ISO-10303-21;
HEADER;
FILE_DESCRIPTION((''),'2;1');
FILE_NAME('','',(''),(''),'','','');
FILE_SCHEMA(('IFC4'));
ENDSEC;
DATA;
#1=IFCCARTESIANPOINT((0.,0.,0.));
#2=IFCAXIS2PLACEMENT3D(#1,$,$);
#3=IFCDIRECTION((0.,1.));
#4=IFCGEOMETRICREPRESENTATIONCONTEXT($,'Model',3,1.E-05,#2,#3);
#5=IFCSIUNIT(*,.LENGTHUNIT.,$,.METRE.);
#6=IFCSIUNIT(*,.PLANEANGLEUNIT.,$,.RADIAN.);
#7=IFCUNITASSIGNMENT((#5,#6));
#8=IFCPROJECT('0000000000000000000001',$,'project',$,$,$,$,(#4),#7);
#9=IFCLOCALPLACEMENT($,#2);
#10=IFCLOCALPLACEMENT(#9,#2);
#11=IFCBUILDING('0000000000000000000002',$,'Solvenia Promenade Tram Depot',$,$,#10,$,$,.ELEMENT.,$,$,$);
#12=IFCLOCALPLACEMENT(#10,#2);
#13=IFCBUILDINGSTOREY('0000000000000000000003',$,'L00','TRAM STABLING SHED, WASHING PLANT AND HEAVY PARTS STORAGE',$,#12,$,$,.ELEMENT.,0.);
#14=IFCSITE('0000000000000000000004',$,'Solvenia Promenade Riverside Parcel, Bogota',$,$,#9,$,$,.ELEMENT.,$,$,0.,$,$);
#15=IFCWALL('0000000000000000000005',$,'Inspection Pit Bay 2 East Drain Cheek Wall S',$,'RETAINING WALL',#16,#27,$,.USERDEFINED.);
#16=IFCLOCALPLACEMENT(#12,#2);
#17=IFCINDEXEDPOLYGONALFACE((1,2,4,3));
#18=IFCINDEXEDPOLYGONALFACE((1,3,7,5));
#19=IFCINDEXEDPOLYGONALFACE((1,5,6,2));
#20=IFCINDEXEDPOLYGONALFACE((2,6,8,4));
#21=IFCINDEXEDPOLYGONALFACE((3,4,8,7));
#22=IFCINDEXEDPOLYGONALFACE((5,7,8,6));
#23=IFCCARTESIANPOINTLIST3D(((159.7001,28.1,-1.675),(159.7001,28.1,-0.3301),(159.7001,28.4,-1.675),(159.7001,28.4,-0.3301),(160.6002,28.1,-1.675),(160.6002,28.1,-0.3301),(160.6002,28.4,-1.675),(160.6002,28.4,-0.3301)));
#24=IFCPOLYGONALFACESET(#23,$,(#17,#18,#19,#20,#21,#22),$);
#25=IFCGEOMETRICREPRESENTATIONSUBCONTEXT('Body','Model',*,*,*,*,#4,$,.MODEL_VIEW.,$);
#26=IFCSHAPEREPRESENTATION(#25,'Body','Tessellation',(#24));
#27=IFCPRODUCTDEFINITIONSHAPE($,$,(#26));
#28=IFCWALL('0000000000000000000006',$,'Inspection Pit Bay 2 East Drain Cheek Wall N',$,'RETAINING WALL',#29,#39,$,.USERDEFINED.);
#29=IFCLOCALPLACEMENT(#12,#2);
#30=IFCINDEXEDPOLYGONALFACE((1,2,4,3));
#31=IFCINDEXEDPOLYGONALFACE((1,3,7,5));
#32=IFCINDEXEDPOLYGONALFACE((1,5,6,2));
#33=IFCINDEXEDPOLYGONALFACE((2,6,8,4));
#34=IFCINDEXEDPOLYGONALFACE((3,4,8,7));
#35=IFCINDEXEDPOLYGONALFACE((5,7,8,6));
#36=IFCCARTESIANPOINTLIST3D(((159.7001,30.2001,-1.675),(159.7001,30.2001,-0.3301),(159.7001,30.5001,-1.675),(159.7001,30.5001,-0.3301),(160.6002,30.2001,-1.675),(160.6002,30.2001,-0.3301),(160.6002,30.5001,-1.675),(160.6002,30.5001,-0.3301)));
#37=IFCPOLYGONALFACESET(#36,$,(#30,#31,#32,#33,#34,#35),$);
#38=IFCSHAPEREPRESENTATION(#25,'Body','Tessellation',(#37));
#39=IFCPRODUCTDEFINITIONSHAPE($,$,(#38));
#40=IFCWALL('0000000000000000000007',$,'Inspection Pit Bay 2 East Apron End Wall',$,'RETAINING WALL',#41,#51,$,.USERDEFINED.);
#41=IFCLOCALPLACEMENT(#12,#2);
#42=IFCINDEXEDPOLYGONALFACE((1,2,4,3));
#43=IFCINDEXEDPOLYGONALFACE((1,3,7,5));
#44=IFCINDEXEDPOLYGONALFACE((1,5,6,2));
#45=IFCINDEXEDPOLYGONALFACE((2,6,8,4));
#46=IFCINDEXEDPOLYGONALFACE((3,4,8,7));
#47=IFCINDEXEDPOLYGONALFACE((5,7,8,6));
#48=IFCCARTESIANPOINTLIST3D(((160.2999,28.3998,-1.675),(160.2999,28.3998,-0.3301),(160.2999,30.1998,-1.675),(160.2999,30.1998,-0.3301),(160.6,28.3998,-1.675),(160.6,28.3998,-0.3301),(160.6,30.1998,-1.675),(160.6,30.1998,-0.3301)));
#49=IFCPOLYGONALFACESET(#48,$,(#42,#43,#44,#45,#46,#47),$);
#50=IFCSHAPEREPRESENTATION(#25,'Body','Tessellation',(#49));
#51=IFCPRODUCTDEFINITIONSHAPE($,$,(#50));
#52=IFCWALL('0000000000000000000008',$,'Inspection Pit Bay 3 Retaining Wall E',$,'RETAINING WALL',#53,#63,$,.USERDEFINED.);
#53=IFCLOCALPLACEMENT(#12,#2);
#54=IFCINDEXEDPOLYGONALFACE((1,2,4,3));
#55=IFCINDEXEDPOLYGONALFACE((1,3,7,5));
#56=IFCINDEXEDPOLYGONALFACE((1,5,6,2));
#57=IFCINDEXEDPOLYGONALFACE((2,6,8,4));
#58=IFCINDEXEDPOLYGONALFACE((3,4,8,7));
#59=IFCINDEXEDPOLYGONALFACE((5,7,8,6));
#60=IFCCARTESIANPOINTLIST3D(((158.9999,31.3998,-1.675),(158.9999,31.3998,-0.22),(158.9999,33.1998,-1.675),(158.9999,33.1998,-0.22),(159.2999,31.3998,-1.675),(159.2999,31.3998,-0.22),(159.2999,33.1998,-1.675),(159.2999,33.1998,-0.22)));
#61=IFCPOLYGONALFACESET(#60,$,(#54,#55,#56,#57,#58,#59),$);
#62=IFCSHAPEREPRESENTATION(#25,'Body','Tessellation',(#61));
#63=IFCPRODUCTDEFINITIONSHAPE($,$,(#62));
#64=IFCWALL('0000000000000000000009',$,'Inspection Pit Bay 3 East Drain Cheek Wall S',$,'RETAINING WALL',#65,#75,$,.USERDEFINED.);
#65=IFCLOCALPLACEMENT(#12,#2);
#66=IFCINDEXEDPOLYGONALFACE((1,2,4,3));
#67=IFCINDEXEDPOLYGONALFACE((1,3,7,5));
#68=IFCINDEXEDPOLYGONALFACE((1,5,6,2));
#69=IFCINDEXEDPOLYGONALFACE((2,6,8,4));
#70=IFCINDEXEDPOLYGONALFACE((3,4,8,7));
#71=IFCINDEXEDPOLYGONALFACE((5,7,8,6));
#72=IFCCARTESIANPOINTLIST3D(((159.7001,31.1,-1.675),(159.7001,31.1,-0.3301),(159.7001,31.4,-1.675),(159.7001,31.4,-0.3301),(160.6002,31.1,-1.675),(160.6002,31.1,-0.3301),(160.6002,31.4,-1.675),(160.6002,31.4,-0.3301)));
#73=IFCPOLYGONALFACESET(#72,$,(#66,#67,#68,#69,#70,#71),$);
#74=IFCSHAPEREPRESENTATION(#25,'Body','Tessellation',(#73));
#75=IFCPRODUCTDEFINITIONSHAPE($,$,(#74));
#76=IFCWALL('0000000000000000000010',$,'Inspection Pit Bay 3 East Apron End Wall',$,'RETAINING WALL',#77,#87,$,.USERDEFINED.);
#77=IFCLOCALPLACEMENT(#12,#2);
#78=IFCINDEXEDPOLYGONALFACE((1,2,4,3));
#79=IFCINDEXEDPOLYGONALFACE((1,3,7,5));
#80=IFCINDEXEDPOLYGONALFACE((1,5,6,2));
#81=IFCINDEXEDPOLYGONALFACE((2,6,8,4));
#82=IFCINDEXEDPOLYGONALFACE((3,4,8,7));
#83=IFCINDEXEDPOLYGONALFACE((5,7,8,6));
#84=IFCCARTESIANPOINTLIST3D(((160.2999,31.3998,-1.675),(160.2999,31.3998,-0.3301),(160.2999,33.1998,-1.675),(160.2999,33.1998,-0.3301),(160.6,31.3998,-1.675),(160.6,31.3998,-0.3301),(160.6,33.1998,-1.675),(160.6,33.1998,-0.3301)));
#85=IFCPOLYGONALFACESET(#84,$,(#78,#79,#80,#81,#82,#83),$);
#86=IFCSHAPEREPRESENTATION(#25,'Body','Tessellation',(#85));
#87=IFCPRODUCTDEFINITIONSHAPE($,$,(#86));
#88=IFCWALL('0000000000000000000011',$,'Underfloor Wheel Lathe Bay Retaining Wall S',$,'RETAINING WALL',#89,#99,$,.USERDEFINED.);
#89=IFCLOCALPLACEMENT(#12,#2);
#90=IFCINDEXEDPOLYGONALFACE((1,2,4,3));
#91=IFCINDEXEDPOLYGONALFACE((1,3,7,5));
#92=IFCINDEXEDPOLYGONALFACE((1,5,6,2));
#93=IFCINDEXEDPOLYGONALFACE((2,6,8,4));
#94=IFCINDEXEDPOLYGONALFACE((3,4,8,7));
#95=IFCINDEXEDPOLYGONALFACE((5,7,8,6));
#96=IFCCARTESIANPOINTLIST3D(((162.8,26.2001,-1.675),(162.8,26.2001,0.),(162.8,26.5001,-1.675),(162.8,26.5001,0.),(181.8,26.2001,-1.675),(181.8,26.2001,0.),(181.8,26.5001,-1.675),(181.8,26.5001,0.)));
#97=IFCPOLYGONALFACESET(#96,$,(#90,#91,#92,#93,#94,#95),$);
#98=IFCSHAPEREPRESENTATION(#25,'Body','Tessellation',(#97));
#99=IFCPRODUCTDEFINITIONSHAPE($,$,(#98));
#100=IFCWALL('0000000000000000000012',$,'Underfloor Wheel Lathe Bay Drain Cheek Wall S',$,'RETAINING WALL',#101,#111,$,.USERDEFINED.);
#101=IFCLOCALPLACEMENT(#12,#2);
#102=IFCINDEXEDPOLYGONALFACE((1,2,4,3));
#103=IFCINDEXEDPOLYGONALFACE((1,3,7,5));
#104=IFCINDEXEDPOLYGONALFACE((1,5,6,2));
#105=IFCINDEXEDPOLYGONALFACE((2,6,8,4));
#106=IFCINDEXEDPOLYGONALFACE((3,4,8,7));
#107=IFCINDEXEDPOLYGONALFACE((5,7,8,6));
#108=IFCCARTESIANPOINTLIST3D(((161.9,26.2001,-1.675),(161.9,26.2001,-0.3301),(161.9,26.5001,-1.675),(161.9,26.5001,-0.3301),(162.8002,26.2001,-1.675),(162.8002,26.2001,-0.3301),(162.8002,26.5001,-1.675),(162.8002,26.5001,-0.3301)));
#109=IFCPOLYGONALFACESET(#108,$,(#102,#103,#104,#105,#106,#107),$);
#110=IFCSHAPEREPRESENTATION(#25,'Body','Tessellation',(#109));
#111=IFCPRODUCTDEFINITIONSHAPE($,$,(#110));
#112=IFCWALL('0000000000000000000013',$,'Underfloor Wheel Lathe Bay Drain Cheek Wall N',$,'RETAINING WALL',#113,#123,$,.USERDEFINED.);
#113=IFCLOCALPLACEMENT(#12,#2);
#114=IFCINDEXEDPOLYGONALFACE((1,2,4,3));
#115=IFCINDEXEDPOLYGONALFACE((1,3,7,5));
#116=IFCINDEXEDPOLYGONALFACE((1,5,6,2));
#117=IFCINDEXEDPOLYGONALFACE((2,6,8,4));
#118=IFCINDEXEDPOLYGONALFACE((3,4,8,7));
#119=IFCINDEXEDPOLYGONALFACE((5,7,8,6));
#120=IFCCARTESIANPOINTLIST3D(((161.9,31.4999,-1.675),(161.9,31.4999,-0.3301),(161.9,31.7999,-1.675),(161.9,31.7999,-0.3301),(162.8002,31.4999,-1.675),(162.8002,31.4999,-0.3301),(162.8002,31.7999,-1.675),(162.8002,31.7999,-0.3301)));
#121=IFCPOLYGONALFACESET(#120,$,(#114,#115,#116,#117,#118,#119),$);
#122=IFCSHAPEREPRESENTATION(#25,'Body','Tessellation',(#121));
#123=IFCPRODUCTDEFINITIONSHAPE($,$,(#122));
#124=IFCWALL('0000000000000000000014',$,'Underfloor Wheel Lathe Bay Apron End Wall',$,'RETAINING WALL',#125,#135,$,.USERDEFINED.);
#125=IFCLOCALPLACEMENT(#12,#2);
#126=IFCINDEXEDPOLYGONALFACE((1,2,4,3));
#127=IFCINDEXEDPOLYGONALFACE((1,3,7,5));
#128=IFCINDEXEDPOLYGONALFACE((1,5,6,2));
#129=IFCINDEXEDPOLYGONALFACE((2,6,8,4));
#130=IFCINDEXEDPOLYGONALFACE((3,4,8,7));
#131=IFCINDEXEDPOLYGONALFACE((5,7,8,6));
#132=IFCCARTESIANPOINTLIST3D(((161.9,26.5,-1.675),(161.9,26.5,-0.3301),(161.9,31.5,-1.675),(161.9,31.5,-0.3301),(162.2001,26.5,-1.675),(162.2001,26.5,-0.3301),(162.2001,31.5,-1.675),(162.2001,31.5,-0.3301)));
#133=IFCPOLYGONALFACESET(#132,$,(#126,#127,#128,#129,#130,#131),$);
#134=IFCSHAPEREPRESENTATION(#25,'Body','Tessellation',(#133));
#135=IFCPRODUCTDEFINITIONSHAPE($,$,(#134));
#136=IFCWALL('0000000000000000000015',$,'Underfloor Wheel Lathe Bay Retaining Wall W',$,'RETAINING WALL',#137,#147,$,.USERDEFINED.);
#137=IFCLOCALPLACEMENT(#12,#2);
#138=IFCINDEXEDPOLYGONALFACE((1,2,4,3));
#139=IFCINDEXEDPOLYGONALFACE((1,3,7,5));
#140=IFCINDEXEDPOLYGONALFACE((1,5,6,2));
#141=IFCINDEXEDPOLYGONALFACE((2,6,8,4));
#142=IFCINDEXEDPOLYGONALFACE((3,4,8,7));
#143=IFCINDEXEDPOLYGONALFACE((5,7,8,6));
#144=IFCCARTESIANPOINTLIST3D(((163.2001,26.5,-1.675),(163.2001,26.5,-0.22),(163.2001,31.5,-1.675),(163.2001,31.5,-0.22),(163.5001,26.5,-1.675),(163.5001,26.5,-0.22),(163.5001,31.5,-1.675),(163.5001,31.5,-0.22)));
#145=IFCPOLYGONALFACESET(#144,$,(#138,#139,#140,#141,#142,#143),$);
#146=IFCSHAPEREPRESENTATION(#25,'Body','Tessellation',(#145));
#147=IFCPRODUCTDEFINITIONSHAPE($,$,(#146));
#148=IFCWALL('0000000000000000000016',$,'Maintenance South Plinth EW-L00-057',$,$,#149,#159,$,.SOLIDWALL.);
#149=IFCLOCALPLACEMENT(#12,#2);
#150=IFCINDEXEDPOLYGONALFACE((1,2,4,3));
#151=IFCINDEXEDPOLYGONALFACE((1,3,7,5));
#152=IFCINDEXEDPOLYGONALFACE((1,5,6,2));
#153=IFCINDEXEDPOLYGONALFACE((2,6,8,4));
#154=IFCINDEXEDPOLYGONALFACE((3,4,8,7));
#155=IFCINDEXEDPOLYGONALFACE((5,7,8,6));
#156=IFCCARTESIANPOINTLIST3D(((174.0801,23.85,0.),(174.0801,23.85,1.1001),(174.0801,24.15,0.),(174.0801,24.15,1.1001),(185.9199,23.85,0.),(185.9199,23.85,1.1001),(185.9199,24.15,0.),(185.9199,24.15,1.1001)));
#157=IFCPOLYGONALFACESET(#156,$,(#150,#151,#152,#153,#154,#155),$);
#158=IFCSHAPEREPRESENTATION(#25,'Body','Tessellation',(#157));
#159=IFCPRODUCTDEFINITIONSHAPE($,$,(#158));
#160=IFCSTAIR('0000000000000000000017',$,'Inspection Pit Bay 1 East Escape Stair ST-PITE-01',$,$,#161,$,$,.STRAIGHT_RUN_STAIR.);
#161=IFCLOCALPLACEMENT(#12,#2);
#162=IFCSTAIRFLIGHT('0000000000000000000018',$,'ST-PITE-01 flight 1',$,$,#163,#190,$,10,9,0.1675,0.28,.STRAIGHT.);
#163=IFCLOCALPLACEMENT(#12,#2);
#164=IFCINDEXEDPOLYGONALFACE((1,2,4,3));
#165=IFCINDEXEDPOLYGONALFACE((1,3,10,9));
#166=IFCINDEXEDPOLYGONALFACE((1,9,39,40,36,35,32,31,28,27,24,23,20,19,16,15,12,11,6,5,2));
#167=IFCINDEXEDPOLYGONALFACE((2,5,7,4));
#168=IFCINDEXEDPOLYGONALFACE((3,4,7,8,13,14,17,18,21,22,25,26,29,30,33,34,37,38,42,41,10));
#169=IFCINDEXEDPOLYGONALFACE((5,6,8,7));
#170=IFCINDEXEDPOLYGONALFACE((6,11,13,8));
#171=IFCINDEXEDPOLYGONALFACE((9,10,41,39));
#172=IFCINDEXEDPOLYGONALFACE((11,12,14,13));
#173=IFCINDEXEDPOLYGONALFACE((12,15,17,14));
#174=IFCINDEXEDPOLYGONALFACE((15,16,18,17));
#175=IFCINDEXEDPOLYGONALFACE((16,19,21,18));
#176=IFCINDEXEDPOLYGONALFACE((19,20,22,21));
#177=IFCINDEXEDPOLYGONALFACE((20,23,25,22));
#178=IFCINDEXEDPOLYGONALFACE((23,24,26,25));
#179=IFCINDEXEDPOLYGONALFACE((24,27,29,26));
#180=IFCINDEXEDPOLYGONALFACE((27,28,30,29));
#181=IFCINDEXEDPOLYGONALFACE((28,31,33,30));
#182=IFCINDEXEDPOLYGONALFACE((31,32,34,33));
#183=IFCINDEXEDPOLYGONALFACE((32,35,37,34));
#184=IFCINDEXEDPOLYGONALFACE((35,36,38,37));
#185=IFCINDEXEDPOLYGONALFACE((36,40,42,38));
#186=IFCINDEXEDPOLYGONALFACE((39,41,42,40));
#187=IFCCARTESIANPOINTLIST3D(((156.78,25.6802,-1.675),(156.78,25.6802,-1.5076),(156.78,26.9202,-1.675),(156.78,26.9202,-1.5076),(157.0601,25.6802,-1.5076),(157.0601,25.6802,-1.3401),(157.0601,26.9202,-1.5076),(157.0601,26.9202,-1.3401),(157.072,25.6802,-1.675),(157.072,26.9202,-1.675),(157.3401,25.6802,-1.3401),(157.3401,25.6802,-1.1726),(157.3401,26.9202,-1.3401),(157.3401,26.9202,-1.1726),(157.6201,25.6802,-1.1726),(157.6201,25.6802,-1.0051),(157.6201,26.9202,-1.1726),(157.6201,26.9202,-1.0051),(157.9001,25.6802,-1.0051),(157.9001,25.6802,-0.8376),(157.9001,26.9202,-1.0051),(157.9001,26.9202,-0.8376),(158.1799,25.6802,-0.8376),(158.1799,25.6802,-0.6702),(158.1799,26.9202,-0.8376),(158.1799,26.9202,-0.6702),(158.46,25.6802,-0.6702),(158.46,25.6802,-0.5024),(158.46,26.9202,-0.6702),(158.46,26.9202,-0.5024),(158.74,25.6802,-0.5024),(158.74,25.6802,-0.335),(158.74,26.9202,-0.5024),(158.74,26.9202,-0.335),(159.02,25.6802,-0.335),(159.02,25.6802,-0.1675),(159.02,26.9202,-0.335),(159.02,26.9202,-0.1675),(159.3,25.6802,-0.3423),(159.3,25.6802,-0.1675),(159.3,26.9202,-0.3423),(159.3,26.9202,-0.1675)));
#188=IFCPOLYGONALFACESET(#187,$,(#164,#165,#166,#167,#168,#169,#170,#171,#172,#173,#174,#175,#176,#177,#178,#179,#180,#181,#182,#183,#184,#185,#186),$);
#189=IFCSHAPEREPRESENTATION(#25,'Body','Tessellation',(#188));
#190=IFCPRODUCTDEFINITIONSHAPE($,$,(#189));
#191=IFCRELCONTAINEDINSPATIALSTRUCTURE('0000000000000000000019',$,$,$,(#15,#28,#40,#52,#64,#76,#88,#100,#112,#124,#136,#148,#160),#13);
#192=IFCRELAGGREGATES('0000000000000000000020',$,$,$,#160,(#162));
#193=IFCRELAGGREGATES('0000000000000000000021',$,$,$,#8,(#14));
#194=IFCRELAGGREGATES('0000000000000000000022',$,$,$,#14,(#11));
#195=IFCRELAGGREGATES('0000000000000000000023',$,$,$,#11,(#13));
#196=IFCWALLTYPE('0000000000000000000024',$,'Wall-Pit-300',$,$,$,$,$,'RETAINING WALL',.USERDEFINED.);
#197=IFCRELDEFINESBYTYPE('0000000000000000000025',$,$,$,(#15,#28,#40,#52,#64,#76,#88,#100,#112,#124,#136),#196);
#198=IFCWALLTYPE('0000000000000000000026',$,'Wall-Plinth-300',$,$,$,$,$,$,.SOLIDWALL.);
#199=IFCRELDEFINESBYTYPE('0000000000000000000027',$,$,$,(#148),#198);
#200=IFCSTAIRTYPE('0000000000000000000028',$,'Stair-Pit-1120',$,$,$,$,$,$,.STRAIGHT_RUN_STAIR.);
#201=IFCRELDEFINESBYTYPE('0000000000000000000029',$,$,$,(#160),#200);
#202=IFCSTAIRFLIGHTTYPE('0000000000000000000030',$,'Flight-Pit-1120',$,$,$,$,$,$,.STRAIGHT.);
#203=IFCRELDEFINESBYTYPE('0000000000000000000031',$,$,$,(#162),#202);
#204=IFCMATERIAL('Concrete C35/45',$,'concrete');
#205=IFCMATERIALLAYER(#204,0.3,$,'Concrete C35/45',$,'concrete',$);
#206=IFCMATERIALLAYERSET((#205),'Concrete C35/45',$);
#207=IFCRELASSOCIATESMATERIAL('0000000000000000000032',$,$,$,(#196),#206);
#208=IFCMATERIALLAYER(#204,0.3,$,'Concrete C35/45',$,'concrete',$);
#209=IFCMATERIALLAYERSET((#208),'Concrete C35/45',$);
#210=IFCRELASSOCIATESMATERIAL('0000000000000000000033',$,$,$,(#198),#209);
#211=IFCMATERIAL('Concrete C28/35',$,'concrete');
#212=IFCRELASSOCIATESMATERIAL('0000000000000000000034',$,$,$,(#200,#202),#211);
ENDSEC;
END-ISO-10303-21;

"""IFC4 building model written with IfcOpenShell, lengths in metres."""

from ifc_helpers import new_model, si_unit, direction, frame, frame_2d, origin, place, context, subcontext, project, spatial, polyline, rectangle, outline, extrude, material, layer, layer_set, type_object, element, aggregate, save


model = new_model("IFC4")

# Units and contexts
model_context = context("Model", 3, precision=1e-05, world=origin(), true_north=direction((0.0, 1.0)))
body_context = subcontext(model_context, "Body", "Model", "MODEL_VIEW")
ifc_project = project(units=[si_unit("LENGTHUNIT", "METRE"), si_unit("PLANEANGLEUNIT", "RADIAN")], contexts=[model_context])

# Site, building, storey
site_placement = place(None, origin())
site = spatial("IfcSite", under=ifc_project, at=site_placement, Name="Solvenia Promenade Riverside Parcel, Bogota", CompositionType="ELEMENT", RefElevation=0.0)
building_placement = place(site_placement, origin())
building = spatial("IfcBuilding", under=site, at=building_placement, Name="Solvenia Promenade Tram Depot", CompositionType="ELEMENT")
storey_placement = place(building_placement, origin())
storey = spatial("IfcBuildingStorey", under=building, at=storey_placement, Name="L00", Description="TRAM STABLING SHED, WASHING PLANT AND HEAVY PARTS STORAGE", CompositionType="ELEMENT", Elevation=0.0)

# Shared definitions
ifc_material_1 = material(Name="Concrete C28/35", Category="concrete")

# Walls
ifc_material_2 = material(Name="Concrete C35/45", Category="concrete")
ifc_layer_1 = layer(ifc_material_2, 0.3, Name="Concrete C35/45", Category="concrete")
ifc_layer_set_1 = layer_set([ifc_layer_1], Name="Concrete C35/45")
wall_type_1 = type_object("IfcWallType", Name="Wall-Pit-300", ElementType="RETAINING WALL", PredefinedType="USERDEFINED", material=ifc_layer_set_1)
for number, where, z_axis, x_axis, name in (
    (1, (159.7, 28.25, -1.675), (0.0, 0.0, 1.0), (1.0, 0.0, 0.0), "Inspection Pit Bay 2 East Drain Cheek Wall S"),
    (2, (159.7, 30.3501, -1.675), (0.0, 0.0, 1.0), (1.0, 0.0, 0.0), "Inspection Pit Bay 2 East Drain Cheek Wall N"),
):
    element("IfcWall", number, at=place(storey_placement, frame(where, z_axis=z_axis, x_axis=x_axis)), inside=storey, type_object=wall_type_1, Name=name, ObjectType="RETAINING WALL", PredefinedType="USERDEFINED", context=body_context, shape_type="SweptSolid", body=[
        extrude(rectangle(XDim=0.9001, YDim=0.3, at=frame_2d((0.4502, 0.0))), origin(), (0.0, 0.0, 1.0), 1.345),
    ])
wall_1_placement = place(storey_placement, frame((160.45, 28.3999, -1.675), z_axis=(0.0, 0.0, 1.0), x_axis=(0.0, 1.0, 0.0)))
element("IfcWall", 3, at=wall_1_placement, inside=storey, type_object=wall_type_1, Name="Inspection Pit Bay 2 East Apron End Wall", ObjectType="RETAINING WALL", PredefinedType="USERDEFINED", context=body_context, shape_type="SweptSolid", body=[
    extrude(rectangle(XDim=1.8, YDim=0.3, at=frame_2d((0.8999, 0.0))), origin(), (0.0, 0.0, 1.0), 1.345),
])
wall_2_placement = place(storey_placement, frame((159.1499, 31.3999, -1.675), z_axis=(0.0, 0.0, 1.0), x_axis=(0.0, 1.0, 0.0)))
element("IfcWall", 4, at=wall_2_placement, inside=storey, type_object=wall_type_1, Name="Inspection Pit Bay 3 Retaining Wall E", ObjectType="RETAINING WALL", PredefinedType="USERDEFINED", context=body_context, shape_type="SweptSolid", body=[
    extrude(rectangle(XDim=1.8, YDim=0.3, at=frame_2d((0.8999, 0.0))), origin(), (0.0, 0.0, 1.0), 1.4551),
])
wall_3_placement = place(storey_placement, frame((159.7, 31.25, -1.675), z_axis=(0.0, 0.0, 1.0), x_axis=(1.0, 0.0, 0.0)))
element("IfcWall", 5, at=wall_3_placement, inside=storey, type_object=wall_type_1, Name="Inspection Pit Bay 3 East Drain Cheek Wall S", ObjectType="RETAINING WALL", PredefinedType="USERDEFINED", context=body_context, shape_type="SweptSolid", body=[
    extrude(rectangle(XDim=0.9001, YDim=0.3, at=frame_2d((0.4502, 0.0))), origin(), (0.0, 0.0, 1.0), 1.345),
])
wall_4_placement = place(storey_placement, frame((160.45, 31.3999, -1.675), z_axis=(0.0, 0.0, 1.0), x_axis=(0.0, 1.0, 0.0)))
element("IfcWall", 6, at=wall_4_placement, inside=storey, type_object=wall_type_1, Name="Inspection Pit Bay 3 East Apron End Wall", ObjectType="RETAINING WALL", PredefinedType="USERDEFINED", context=body_context, shape_type="SweptSolid", body=[
    extrude(rectangle(XDim=1.8, YDim=0.3, at=frame_2d((0.8999, 0.0))), origin(), (0.0, 0.0, 1.0), 1.345),
])
wall_5_placement = place(storey_placement, frame((162.8, 26.3501, -1.675), z_axis=(0.0, 0.0, 1.0), x_axis=(1.0, 0.0, 0.0)))
element("IfcWall", 7, at=wall_5_placement, inside=storey, type_object=wall_type_1, Name="Underfloor Wheel Lathe Bay Retaining Wall S", ObjectType="RETAINING WALL", PredefinedType="USERDEFINED", context=body_context, shape_type="SweptSolid", body=[
    extrude(rectangle(XDim=19.0, YDim=0.3, at=frame_2d((9.5, 0.0))), origin(), (0.0, 0.0, 1.0), 1.675),
])
for number, where, z_axis, x_axis, name in (
    (8, (161.8999, 26.3501, -1.675), (0.0, 0.0, 1.0), (1.0, 0.0, 0.0), "Underfloor Wheel Lathe Bay Drain Cheek Wall S"),
    (9, (161.8999, 31.6499, -1.675), (0.0, 0.0, 1.0), (1.0, 0.0, 0.0), "Underfloor Wheel Lathe Bay Drain Cheek Wall N"),
):
    element("IfcWall", number, at=place(storey_placement, frame(where, z_axis=z_axis, x_axis=x_axis)), inside=storey, type_object=wall_type_1, Name=name, ObjectType="RETAINING WALL", PredefinedType="USERDEFINED", context=body_context, shape_type="SweptSolid", body=[
        extrude(rectangle(XDim=0.9001, YDim=0.3, at=frame_2d((0.4502, 0.0))), origin(), (0.0, 0.0, 1.0), 1.345),
    ])
wall_6_placement = place(storey_placement, frame((162.05, 26.5, -1.675), z_axis=(0.0, 0.0, 1.0), x_axis=(0.0, 1.0, 0.0)))
element("IfcWall", 10, at=wall_6_placement, inside=storey, type_object=wall_type_1, Name="Underfloor Wheel Lathe Bay Apron End Wall", ObjectType="RETAINING WALL", PredefinedType="USERDEFINED", context=body_context, shape_type="SweptSolid", body=[
    extrude(rectangle(XDim=5.0, YDim=0.3, at=frame_2d((2.5, 0.0))), origin(), (0.0, 0.0, 1.0), 1.345),
])
wall_7_placement = place(storey_placement, frame((163.3501, 26.5, -1.675), z_axis=(0.0, 0.0, 1.0), x_axis=(0.0, 1.0, 0.0)))
element("IfcWall", 11, at=wall_7_placement, inside=storey, type_object=wall_type_1, Name="Underfloor Wheel Lathe Bay Retaining Wall W", ObjectType="RETAINING WALL", PredefinedType="USERDEFINED", context=body_context, shape_type="SweptSolid", body=[
    extrude(rectangle(XDim=5.0, YDim=0.3, at=frame_2d((2.5, 0.0))), origin(), (0.0, 0.0, 1.0), 1.4551),
])
ifc_layer_2 = layer(ifc_material_2, 0.3, Name="Concrete C35/45", Category="concrete")
ifc_layer_set_2 = layer_set([ifc_layer_2], Name="Concrete C35/45")
wall_type_2 = type_object("IfcWallType", Name="Wall-Plinth-300", PredefinedType="SOLIDWALL", material=ifc_layer_set_2)
wall_8_placement = place(storey_placement, frame((174.0801, 24.0, 0.0), z_axis=(0.0, 0.0, 1.0), x_axis=(1.0, 0.0, 0.0)))
element("IfcWall", 12, at=wall_8_placement, inside=storey, type_object=wall_type_2, Name="Maintenance South Plinth EW-L00-057", PredefinedType="SOLIDWALL", context=body_context, shape_type="SweptSolid", body=[
    extrude(rectangle(XDim=11.8398, YDim=0.3, at=frame_2d((5.9199, 0.0))), origin(), (0.0, 0.0, 1.0), 1.1001),
])

# Stair, stair flight
stair_type_1 = type_object("IfcStairType", Name="Stair-Pit-1120", PredefinedType="STRAIGHT_RUN_STAIR", material=ifc_material_1)
stair_1_placement = place(storey_placement, origin())
stair_1 = element("IfcStair", 13, at=stair_1_placement, inside=storey, type_object=stair_type_1, Name="Inspection Pit Bay 1 East Escape Stair ST-PITE-01", PredefinedType="STRAIGHT_RUN_STAIR")
stair_flight_type_1 = type_object("IfcStairFlightType", Name="Flight-Pit-1120", PredefinedType="STRAIGHT", material=ifc_material_1)
stair_flight_1_placement = place(storey_placement, frame((156.78, 26.3, -1.675), z_axis=(0.0, 0.0, 1.0), x_axis=(1.0, 0.0, 0.0)))
stair_flight_1 = element("IfcStairFlight", 14, at=stair_flight_1_placement, type_object=stair_flight_type_1, Name="ST-PITE-01 flight 1", NumberOfRisers=10, NumberOfTreads=9, PredefinedType="STRAIGHT", RiserHeight=0.1675, TreadLength=0.28, context=body_context, shape_type="SweptSolid", body=[
    extrude(outline(polyline([(0.0, 0.0), (0.0, 0.1675), (0.28, 0.1675), (0.28, 0.335), (0.5601, 0.335), (0.5601, 0.5024), (0.8401, 0.5024), (0.8401, 0.6699), (1.1201, 0.6699), (1.1201, 0.8374), (1.3999, 0.8374), (1.3999, 1.0049), (1.6799, 1.0049), (1.6799, 1.1726), (1.96, 1.1726), (1.96, 1.3401), (2.24, 1.3401), (2.24, 1.5076), (2.52, 1.5076), (2.52, 1.675), (2.52, 1.3328), (0.292, 0.0), (0.0, 0.0)])), frame((0.0, 0.6201, 0.0), z_axis=(0.0, -1.0, 0.0), x_axis=(1.0, 0.0, 0.0)), (0.0, 0.0, 1.0), 1.24),
])
aggregate(stair_1, [stair_flight_1])

save(model, "model.ifc")
